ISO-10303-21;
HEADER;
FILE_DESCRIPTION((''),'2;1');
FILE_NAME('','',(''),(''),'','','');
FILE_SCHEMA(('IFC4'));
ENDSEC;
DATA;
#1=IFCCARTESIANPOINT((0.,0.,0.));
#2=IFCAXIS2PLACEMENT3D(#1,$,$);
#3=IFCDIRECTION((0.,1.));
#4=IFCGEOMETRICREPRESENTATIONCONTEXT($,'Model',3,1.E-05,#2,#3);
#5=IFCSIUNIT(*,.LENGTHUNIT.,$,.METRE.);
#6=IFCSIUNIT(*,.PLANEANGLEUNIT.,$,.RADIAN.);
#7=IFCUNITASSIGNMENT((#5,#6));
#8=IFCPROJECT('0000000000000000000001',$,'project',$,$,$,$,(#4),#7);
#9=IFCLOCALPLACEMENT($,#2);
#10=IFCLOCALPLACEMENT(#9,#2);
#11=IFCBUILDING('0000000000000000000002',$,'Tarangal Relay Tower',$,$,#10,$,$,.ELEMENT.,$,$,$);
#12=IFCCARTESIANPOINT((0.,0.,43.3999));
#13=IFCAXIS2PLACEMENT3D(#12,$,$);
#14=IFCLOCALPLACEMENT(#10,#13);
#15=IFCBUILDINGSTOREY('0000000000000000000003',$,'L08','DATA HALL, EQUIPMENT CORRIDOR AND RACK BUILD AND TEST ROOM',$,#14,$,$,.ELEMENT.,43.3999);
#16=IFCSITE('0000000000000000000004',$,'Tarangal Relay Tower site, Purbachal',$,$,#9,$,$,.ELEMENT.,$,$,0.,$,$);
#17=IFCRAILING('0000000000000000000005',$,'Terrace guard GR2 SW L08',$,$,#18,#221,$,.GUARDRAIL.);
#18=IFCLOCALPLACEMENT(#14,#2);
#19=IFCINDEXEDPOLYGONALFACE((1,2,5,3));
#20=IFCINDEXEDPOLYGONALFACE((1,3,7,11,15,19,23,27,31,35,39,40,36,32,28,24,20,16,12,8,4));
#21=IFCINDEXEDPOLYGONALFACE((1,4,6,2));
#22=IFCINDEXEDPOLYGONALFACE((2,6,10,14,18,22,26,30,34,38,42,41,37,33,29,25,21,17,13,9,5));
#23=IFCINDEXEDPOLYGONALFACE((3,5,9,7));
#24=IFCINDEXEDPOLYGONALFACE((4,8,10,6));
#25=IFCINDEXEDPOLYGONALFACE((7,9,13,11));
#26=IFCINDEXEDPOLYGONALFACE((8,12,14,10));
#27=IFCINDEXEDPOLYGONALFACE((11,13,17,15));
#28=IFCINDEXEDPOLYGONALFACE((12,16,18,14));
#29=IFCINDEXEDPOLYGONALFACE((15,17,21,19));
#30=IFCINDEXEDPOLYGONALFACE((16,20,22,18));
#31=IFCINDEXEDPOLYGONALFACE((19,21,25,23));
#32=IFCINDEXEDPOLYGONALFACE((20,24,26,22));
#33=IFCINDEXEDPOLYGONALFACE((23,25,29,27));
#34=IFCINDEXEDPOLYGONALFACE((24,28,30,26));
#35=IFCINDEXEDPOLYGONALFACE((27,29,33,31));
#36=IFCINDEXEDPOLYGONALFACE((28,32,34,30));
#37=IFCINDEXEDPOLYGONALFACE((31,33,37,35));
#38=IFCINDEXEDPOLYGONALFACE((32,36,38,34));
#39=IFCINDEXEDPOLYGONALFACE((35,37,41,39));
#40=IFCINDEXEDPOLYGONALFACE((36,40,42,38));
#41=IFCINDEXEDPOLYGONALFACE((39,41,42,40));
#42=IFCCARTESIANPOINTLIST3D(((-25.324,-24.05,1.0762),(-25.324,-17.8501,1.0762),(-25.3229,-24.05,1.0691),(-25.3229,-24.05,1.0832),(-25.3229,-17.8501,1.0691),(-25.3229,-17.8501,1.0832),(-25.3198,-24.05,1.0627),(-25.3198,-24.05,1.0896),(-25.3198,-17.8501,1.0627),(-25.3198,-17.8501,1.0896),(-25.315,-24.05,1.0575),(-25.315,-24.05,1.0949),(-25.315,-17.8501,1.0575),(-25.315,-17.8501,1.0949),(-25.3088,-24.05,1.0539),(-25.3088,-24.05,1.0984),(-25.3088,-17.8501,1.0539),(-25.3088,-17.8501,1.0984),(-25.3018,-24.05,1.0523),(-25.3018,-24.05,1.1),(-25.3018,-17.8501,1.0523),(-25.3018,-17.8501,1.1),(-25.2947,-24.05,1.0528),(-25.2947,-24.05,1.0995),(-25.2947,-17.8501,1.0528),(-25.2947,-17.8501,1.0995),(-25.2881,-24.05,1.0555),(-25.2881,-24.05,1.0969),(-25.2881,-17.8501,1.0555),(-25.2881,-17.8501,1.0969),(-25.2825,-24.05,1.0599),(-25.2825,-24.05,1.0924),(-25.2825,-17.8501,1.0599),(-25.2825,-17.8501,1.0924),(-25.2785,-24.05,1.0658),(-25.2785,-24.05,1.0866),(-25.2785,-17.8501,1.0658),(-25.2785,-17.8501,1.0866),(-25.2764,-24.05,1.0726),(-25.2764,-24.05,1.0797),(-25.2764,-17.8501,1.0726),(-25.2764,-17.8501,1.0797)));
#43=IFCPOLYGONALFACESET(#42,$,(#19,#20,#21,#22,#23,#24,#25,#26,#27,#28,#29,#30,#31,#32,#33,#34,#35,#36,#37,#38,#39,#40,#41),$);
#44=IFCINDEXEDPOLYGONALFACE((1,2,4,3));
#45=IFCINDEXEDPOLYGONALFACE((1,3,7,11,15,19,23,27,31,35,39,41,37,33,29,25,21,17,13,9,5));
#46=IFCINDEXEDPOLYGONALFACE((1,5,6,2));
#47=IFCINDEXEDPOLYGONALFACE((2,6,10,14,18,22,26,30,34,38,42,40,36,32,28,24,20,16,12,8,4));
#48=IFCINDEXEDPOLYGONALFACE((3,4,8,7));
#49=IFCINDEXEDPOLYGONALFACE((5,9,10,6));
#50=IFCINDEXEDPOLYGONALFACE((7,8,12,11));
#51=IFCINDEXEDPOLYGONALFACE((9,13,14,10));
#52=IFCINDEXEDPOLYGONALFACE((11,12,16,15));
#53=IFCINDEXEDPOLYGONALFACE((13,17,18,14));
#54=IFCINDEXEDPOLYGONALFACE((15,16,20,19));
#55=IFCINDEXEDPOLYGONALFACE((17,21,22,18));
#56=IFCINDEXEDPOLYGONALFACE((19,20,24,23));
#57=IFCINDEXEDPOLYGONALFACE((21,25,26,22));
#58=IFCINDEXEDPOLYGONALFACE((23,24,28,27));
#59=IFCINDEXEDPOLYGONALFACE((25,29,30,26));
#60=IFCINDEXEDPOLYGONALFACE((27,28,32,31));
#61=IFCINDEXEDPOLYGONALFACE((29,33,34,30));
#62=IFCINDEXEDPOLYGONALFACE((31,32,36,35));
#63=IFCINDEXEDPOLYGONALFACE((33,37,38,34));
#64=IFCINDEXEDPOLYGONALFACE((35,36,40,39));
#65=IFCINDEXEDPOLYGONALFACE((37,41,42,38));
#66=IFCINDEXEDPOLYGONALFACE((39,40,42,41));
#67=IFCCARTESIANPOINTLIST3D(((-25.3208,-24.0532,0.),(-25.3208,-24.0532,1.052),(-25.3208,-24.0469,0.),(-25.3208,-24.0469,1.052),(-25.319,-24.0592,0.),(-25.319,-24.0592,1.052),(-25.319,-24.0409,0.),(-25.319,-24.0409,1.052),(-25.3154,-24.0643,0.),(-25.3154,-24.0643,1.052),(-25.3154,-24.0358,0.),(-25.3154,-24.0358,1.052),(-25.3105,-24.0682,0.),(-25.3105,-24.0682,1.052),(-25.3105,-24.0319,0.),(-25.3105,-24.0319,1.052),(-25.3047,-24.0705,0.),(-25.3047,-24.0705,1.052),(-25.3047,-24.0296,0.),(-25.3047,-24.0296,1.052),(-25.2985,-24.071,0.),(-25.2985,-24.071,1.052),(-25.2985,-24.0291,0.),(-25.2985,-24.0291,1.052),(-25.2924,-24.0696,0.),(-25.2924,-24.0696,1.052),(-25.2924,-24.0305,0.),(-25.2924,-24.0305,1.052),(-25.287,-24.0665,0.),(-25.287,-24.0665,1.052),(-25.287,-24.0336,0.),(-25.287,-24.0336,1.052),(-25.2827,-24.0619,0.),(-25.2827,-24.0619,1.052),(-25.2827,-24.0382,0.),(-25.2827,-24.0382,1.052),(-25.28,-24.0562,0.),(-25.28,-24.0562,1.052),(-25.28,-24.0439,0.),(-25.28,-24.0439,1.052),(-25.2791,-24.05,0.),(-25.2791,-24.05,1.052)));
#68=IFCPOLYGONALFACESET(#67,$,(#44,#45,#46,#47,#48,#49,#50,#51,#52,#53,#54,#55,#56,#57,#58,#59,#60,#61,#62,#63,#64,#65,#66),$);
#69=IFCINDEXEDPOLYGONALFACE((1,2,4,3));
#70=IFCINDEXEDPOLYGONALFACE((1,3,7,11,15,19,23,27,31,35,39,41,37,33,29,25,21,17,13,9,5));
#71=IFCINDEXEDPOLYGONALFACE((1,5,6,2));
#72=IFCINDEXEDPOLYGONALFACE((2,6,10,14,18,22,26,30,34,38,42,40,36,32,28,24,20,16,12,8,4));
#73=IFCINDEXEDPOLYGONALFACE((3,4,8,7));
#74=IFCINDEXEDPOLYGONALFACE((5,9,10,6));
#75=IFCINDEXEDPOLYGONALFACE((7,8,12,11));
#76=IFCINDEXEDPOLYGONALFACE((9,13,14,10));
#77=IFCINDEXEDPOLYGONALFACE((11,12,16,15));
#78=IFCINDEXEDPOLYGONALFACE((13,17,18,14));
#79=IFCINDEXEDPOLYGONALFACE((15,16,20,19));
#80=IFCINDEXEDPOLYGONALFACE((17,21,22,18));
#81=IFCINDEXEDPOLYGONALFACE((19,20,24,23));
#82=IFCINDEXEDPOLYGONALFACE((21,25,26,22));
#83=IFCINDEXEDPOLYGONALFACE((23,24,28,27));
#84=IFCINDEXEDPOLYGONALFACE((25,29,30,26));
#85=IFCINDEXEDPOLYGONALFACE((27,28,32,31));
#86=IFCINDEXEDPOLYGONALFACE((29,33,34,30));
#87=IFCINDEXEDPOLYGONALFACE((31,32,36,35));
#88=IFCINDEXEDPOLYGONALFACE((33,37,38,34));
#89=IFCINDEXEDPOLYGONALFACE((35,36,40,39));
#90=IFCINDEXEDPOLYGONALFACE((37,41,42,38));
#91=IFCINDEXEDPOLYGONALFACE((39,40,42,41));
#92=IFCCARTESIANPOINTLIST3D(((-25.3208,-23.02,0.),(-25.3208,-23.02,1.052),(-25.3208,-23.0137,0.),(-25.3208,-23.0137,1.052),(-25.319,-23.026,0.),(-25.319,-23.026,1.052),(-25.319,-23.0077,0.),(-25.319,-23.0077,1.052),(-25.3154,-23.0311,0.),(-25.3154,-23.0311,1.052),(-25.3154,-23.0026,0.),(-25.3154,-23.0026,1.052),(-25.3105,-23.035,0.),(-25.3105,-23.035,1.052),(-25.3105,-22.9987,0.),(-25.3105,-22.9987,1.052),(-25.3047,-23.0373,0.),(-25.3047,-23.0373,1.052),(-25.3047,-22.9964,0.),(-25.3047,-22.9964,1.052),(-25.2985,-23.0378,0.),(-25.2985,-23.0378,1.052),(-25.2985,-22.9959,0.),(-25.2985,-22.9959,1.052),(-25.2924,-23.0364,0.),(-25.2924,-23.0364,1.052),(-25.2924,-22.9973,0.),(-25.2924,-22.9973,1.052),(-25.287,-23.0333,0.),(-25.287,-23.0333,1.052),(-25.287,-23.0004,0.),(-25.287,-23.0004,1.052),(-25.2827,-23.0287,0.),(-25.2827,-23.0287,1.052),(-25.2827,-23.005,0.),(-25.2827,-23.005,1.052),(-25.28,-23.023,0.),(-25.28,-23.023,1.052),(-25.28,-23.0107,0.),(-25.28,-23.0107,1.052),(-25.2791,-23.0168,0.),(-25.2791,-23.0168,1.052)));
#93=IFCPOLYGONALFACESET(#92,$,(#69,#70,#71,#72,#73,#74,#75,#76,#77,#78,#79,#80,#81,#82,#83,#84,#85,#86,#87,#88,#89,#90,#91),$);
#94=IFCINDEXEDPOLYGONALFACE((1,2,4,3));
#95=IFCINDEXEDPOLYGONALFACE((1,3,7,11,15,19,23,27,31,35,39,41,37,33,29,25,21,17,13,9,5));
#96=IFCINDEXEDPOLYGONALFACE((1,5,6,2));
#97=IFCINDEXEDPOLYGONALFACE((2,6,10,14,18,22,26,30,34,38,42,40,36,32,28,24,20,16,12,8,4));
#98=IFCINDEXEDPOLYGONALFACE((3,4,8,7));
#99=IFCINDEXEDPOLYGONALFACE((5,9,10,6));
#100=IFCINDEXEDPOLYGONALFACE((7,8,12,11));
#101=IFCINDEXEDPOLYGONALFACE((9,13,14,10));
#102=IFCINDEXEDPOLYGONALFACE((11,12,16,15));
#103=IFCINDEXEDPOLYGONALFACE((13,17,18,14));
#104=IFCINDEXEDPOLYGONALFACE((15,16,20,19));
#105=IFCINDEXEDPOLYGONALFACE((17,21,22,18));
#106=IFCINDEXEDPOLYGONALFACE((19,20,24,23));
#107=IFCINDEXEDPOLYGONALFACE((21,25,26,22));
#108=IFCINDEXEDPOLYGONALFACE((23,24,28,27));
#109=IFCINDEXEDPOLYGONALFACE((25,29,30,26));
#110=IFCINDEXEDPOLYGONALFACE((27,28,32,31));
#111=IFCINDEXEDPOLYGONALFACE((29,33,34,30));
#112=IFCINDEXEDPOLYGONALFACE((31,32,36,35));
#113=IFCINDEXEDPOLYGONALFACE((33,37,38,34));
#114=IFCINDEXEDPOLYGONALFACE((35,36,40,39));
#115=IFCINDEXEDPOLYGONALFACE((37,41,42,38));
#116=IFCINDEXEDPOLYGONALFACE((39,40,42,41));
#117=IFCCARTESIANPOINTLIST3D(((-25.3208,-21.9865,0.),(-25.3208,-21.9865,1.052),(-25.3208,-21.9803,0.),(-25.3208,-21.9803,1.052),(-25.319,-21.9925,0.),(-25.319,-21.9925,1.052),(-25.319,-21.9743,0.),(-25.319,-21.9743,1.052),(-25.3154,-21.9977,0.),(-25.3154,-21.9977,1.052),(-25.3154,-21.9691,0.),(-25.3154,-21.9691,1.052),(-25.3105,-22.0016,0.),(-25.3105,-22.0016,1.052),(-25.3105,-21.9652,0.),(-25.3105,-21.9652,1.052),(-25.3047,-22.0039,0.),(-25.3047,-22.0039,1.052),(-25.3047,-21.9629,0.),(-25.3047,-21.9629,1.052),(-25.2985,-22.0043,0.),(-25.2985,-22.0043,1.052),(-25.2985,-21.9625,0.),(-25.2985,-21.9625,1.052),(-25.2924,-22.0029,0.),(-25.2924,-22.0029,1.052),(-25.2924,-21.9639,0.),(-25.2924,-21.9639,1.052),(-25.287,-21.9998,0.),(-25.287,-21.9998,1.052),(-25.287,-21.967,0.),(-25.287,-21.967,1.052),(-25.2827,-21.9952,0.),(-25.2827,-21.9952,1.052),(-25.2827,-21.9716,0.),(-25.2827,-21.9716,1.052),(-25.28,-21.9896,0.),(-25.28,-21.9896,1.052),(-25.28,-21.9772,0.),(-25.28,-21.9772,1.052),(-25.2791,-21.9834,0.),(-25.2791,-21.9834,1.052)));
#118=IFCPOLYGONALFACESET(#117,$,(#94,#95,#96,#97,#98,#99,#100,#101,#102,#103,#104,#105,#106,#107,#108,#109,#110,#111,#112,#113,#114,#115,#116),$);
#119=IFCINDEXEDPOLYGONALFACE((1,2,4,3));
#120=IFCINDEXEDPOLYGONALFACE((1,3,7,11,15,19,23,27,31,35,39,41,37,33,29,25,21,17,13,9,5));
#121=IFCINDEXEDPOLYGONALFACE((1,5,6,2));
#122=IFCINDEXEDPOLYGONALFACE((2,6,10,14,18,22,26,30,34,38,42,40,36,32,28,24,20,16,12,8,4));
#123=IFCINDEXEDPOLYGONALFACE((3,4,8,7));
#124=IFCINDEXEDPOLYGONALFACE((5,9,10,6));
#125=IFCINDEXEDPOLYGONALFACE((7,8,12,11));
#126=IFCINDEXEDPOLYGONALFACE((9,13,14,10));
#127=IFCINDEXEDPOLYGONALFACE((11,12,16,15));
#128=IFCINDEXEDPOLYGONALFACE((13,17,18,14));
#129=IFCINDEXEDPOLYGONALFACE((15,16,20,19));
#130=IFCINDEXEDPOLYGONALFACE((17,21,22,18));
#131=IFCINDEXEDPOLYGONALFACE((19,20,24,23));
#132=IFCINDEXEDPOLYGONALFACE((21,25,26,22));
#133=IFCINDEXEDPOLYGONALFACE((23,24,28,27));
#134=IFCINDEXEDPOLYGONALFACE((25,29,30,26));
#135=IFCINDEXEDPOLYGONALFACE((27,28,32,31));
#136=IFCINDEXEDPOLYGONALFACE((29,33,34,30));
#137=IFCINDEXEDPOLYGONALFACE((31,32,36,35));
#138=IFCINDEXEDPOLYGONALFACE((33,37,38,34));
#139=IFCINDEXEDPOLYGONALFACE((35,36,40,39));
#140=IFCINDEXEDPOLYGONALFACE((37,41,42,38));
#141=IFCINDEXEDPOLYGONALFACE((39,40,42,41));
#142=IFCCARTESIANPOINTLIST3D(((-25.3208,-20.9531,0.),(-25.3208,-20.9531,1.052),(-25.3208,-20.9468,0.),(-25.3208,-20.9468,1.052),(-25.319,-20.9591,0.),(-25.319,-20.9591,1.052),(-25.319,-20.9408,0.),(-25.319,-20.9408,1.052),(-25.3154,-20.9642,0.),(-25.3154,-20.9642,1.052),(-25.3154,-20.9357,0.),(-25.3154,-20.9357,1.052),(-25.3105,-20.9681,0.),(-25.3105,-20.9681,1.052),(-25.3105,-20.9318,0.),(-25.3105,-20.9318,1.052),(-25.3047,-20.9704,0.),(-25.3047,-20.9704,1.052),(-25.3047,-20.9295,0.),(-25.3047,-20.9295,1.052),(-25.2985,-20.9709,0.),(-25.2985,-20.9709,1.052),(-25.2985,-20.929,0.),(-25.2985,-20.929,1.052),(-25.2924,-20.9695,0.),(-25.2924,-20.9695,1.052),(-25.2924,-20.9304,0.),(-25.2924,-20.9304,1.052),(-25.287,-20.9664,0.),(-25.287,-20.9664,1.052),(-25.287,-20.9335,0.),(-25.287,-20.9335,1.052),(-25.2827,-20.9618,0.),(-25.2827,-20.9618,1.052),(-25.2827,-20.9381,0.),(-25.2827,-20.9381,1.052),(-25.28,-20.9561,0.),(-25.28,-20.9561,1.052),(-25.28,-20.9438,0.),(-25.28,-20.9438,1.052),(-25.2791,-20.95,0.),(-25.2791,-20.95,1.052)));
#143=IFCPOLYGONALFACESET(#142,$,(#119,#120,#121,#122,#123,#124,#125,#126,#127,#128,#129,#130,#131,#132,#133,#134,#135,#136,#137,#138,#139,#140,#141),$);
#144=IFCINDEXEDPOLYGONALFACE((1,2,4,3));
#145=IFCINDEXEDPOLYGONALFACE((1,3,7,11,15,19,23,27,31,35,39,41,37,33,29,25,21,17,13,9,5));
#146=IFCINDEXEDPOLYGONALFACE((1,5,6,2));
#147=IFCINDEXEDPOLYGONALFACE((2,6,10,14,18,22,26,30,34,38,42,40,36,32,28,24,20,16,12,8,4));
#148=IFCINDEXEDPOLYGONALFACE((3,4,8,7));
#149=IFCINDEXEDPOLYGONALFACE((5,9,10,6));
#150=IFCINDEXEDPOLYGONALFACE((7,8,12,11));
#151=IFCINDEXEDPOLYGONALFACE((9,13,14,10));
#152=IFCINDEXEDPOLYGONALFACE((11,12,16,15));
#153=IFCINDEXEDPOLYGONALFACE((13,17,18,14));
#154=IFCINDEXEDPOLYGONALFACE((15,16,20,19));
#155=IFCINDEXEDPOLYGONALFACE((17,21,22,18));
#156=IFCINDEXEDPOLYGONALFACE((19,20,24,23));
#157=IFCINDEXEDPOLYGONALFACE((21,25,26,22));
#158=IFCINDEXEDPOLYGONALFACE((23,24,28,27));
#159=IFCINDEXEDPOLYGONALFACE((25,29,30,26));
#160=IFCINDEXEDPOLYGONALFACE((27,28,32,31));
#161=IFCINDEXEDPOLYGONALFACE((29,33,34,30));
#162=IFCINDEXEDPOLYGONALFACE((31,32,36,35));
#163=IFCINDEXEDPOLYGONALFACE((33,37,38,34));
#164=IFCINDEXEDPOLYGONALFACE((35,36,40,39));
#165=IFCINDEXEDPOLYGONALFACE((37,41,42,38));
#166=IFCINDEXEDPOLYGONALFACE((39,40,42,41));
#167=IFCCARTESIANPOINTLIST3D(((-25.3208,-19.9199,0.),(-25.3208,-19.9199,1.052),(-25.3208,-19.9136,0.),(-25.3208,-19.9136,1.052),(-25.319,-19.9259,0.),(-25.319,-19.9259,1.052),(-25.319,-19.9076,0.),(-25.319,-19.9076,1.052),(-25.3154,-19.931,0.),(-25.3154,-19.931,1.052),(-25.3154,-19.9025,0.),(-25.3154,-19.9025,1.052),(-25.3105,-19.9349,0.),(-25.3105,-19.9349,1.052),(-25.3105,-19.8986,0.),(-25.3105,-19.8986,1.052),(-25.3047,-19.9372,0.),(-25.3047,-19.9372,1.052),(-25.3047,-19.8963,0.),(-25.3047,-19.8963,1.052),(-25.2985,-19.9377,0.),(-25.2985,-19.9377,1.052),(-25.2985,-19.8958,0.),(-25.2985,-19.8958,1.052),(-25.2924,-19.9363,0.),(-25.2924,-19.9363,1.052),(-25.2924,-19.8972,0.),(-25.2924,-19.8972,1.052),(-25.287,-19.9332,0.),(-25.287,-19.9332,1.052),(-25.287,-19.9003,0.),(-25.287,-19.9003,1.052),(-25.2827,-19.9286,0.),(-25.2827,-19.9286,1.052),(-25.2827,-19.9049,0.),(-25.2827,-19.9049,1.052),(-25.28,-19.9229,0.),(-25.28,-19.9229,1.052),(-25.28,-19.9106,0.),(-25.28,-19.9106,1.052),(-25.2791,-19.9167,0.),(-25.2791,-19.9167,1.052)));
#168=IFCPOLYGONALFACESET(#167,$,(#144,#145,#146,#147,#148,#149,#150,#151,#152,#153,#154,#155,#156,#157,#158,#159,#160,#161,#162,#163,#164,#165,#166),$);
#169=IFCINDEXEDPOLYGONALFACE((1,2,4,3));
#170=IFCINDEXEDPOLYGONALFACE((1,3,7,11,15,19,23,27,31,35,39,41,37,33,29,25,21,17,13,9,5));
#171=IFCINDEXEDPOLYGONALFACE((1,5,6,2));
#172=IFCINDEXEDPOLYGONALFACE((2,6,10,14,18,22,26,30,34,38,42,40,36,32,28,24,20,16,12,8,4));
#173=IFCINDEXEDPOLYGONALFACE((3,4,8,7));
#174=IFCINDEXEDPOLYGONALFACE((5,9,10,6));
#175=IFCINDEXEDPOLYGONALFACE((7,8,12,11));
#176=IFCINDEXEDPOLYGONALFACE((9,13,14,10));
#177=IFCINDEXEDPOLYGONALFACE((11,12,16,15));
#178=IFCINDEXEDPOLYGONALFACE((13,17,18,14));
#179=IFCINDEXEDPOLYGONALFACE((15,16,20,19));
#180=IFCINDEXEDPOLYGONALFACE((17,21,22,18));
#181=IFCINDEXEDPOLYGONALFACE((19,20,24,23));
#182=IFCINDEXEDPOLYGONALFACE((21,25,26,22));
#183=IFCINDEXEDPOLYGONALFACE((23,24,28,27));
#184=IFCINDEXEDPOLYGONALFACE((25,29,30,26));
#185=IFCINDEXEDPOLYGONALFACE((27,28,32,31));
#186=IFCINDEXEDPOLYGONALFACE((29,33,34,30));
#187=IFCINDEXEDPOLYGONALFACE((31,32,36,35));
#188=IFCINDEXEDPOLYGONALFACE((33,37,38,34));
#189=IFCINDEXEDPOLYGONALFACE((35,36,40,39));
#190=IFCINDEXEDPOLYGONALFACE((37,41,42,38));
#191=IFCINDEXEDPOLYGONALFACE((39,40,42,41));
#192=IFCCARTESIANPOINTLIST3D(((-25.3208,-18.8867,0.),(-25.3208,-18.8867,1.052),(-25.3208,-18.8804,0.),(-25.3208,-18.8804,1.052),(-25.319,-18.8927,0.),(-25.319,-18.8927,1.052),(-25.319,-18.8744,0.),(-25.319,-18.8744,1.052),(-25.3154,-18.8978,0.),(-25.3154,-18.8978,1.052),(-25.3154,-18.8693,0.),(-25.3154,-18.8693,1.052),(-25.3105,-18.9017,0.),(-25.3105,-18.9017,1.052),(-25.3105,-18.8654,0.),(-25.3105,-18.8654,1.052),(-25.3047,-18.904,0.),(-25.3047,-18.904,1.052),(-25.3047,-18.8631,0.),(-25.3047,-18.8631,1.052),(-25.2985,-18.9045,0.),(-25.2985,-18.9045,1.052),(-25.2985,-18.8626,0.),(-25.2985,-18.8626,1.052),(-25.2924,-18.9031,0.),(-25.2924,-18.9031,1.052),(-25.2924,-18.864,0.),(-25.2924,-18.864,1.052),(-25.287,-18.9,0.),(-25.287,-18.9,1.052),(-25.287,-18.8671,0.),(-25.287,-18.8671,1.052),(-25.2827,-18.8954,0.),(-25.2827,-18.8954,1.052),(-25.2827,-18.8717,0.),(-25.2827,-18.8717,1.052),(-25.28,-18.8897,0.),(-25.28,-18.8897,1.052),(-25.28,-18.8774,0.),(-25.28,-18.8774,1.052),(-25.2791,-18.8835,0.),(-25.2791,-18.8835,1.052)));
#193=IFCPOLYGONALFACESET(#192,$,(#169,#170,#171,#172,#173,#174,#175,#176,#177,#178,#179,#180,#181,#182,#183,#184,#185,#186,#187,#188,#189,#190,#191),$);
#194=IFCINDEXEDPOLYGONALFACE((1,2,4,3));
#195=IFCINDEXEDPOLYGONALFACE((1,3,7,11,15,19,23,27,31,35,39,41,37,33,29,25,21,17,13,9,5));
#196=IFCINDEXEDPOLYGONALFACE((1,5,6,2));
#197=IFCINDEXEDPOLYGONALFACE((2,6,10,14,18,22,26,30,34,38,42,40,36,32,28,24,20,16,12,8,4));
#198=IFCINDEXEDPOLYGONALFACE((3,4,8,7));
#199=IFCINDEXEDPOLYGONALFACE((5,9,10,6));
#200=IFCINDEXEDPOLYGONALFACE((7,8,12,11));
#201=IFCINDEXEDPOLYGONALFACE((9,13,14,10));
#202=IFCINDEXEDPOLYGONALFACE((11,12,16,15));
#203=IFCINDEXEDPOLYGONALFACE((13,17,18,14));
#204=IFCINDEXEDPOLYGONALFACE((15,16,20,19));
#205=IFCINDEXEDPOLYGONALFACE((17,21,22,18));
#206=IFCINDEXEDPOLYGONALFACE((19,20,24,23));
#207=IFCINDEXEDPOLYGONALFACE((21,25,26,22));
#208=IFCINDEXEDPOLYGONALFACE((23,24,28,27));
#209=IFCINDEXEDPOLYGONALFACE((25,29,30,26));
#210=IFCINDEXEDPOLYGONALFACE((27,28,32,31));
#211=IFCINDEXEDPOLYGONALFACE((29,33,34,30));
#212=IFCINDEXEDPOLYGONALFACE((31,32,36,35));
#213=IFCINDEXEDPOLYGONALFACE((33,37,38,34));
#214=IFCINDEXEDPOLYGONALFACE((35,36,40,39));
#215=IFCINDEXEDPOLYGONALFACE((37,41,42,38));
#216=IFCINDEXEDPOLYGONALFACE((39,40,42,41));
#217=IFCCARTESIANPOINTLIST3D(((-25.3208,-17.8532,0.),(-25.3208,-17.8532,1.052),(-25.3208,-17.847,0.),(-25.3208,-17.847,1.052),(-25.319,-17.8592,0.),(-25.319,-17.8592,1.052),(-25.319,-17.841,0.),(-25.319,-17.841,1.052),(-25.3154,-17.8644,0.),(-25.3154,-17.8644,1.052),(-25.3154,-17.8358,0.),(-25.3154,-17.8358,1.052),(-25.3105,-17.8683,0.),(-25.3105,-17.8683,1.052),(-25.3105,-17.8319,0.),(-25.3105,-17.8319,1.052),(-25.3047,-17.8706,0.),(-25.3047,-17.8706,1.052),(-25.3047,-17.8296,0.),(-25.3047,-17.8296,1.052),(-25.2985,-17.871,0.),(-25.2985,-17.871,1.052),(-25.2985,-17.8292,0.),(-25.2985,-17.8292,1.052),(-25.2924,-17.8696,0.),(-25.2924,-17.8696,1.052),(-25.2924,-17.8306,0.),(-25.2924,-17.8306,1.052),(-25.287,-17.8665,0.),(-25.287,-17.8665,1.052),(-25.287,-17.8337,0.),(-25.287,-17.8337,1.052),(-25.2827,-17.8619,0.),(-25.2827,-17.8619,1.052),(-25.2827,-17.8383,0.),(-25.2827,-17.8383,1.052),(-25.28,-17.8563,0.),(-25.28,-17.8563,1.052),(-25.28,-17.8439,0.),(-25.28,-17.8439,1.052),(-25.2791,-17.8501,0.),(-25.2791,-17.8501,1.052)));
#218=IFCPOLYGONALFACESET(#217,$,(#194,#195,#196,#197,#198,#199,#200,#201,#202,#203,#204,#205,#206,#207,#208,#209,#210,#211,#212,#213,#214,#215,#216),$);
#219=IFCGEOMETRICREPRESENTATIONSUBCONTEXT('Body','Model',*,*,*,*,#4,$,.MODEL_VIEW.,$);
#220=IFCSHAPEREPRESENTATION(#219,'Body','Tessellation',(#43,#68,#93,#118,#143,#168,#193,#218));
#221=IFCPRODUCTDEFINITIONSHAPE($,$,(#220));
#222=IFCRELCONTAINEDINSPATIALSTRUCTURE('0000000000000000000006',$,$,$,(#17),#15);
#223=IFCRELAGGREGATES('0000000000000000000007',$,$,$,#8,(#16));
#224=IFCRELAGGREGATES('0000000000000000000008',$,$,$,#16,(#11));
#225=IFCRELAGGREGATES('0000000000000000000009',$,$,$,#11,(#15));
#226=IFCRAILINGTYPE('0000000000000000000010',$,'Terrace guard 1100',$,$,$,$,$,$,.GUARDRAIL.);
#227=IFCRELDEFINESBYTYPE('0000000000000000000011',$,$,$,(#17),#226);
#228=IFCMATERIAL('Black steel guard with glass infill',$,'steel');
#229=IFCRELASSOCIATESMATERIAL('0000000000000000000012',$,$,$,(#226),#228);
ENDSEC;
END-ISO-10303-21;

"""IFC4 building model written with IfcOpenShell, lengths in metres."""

from ifc_helpers import new_model, si_unit, direction, frame, origin, origin_2d, place, context, subcontext, project, spatial, circle, extrude, material, type_object, element, save


model = new_model("IFC4")

# Units and contexts
model_context = context("Model", 3, precision=1e-05, world=origin(), true_north=direction((0.0, 1.0)))
body_context = subcontext(model_context, "Body", "Model", "MODEL_VIEW")
ifc_project = project(units=[si_unit("LENGTHUNIT", "METRE"), si_unit("PLANEANGLEUNIT", "RADIAN")], contexts=[model_context])

# Site, building, storey
site_placement = place(None, origin())
site = spatial("IfcSite", under=ifc_project, at=site_placement, Name="Tarangal Relay Tower site, Purbachal", CompositionType="ELEMENT", RefElevation=0.0)
building_placement = place(site_placement, origin())
building = spatial("IfcBuilding", under=site, at=building_placement, Name="Tarangal Relay Tower", CompositionType="ELEMENT")
storey_placement = place(building_placement, frame((0.0, 0.0, 43.3999)))
storey = spatial("IfcBuildingStorey", under=building, at=storey_placement, Name="L08", Description="DATA HALL, EQUIPMENT CORRIDOR AND RACK BUILD AND TEST ROOM", CompositionType="ELEMENT", Elevation=43.3999)

# Railing
ifc_material_1 = material(Name="Black steel guard with glass infill", Category="steel")
railing_type = type_object("IfcRailingType", Name="Terrace guard 1100", PredefinedType="GUARDRAIL", material=ifc_material_1)
railing_1_placement = place(storey_placement, frame((-25.3, -24.05, 0.0)))
element("IfcRailing", 1, at=railing_1_placement, inside=storey, type_object=railing_type, Name="Terrace guard GR2 SW L08", PredefinedType="GUARDRAIL", context=body_context, shape_type="SweptSolid", body=[
    extrude(circle(Radius=0.0239, at=origin_2d()), frame((0.0, 0.0, 1.0762), z_axis=(0.0, 1.0, 0.0), x_axis=(-1.0, 0.0, 0.0)), (0.0, 0.0, 1.0), 6.2),
    extrude(circle(Radius=0.021, at=origin_2d()), origin(), (0.0, 0.0, 1.0), 1.052),
    extrude(circle(Radius=0.021, at=origin_2d()), frame((0.0, 1.0332, 0.0)), (0.0, 0.0, 1.0), 1.052),
    extrude(circle(Radius=0.021, at=origin_2d()), frame((0.0, 2.0667, 0.0)), (0.0, 0.0, 1.0), 1.052),
    extrude(circle(Radius=0.021, at=origin_2d()), frame((0.0, 3.1001, 0.0)), (0.0, 0.0, 1.0), 1.052),
    extrude(circle(Radius=0.021, at=origin_2d()), frame((0.0, 4.1333, 0.0)), (0.0, 0.0, 1.0), 1.052),
    extrude(circle(Radius=0.021, at=origin_2d()), frame((0.0, 5.1665, 0.0)), (0.0, 0.0, 1.0), 1.052),
    extrude(circle(Radius=0.021, at=origin_2d()), frame((0.0, 6.2, 0.0)), (0.0, 0.0, 1.0), 1.052),
])

save(model, "model.ifc")
